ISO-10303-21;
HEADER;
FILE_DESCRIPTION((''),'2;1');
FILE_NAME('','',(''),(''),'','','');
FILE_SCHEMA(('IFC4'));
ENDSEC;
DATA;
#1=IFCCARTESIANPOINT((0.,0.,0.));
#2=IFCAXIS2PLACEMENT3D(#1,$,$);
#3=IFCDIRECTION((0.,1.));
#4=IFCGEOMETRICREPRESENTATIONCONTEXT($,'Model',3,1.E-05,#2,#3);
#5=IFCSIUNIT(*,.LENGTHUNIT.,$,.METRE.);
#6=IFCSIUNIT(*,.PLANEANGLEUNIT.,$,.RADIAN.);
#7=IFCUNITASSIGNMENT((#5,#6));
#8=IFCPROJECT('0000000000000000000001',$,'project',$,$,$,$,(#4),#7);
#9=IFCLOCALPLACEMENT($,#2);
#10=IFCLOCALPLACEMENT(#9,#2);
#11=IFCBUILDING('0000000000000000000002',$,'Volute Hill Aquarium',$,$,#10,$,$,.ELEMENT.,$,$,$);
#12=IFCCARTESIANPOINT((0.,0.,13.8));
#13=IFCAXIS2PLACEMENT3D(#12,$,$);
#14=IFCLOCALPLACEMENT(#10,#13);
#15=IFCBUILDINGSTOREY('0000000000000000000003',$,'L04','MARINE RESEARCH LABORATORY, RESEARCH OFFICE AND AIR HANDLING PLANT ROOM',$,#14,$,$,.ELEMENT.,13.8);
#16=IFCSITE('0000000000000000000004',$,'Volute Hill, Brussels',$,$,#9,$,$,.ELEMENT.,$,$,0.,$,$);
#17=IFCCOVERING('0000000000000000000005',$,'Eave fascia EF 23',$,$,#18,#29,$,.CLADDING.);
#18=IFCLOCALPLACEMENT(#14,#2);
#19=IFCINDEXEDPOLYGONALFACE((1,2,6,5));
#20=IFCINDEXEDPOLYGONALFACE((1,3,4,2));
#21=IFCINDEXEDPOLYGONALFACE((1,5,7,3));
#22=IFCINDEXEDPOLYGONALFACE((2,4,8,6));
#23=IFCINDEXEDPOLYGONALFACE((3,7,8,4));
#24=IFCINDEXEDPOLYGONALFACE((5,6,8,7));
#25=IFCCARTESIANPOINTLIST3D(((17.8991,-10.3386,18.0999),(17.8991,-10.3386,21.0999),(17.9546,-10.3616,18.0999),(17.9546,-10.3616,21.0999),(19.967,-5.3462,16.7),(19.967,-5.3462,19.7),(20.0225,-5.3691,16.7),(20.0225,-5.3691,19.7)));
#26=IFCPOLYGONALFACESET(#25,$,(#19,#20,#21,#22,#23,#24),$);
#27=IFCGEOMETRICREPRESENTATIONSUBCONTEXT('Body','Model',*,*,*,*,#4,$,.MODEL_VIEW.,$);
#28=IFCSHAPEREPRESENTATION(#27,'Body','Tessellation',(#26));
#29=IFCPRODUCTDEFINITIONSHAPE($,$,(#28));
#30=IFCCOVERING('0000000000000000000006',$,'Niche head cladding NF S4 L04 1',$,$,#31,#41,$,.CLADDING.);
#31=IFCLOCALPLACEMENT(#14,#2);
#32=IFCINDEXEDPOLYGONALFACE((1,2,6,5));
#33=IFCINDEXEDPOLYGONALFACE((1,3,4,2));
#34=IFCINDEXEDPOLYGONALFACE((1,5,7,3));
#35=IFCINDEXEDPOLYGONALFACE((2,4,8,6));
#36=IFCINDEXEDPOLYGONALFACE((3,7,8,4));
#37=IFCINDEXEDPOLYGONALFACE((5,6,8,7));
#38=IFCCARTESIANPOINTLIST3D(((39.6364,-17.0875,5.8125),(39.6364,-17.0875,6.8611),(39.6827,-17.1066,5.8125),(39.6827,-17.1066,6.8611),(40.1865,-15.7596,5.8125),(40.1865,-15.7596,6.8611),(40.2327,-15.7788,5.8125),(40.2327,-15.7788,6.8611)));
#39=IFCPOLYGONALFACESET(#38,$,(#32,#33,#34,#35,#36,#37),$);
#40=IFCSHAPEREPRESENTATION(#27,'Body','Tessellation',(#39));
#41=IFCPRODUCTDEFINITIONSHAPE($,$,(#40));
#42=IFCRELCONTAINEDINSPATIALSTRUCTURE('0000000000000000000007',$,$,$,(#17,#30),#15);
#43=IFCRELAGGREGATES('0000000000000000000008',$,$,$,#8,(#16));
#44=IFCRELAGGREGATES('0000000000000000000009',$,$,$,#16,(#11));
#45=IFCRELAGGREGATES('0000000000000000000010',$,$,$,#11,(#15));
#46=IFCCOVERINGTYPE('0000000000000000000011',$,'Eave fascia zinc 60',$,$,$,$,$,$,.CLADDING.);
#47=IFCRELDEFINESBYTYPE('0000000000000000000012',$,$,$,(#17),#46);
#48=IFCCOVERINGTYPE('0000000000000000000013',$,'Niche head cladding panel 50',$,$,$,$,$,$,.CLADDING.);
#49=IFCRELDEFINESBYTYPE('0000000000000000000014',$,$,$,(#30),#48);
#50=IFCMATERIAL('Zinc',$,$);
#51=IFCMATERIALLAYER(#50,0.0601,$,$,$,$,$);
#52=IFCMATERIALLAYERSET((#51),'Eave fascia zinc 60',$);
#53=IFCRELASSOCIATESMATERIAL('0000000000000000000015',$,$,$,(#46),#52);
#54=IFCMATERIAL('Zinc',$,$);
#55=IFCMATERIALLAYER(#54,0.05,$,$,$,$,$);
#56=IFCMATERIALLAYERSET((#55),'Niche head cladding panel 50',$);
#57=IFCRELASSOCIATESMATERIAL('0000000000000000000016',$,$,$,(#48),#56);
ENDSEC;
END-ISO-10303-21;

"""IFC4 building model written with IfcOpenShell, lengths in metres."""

from ifc_helpers import new_model, si_unit, direction, frame, origin, origin_2d, place, context, subcontext, project, spatial, polyline, rectangle, outline, extrude, material, layer, layer_set, type_object, element, save


model = new_model("IFC4")

# Units and contexts
model_context = context("Model", 3, precision=1e-05, world=origin(), true_north=direction((0.0, 1.0)))
body_context = subcontext(model_context, "Body", "Model", "MODEL_VIEW")
ifc_project = project(units=[si_unit("LENGTHUNIT", "METRE"), si_unit("PLANEANGLEUNIT", "RADIAN")], contexts=[model_context])

# Site, building, storey
site_placement = place(None, origin())
site = spatial("IfcSite", under=ifc_project, at=site_placement, Name="Volute Hill, Brussels", CompositionType="ELEMENT", RefElevation=0.0)
building_placement = place(site_placement, origin())
building = spatial("IfcBuilding", under=site, at=building_placement, Name="Volute Hill Aquarium", CompositionType="ELEMENT")
storey_placement = place(building_placement, frame((0.0, 0.0, 13.8)))
storey = spatial("IfcBuildingStorey", under=building, at=storey_placement, Name="L04", Description="MARINE RESEARCH LABORATORY, RESEARCH OFFICE AND AIR HANDLING PLANT ROOM", CompositionType="ELEMENT", Elevation=13.8)

# Coverings
ifc_material_1 = material(Name="Zinc")
ifc_layer_1 = layer(ifc_material_1, 0.0601)
ifc_layer_set_1 = layer_set([ifc_layer_1], Name="Eave fascia zinc 60")
covering_type_1 = type_object("IfcCoveringType", Name="Eave fascia zinc 60", PredefinedType="CLADDING", material=ifc_layer_set_1)
covering_1_placement = place(storey_placement, frame((17.9546, -10.3616, 18.0999), z_axis=(0.923884, -0.382674, 0.0), x_axis=(0.370445, 0.894359, -0.250783)))
element("IfcCovering", 1, at=covering_1_placement, inside=storey, type_object=covering_type_1, Name="Eave fascia EF 23", PredefinedType="CLADDING", context=body_context, shape_type="SweptSolid", body=[
    extrude(outline(polyline([(0.0, 0.0), (5.5821, 0.0), (4.8298, 2.9041), (-0.7523, 2.9041), (0.0, 0.0)])), origin(), (0.0, 0.0, -1.0), 0.0601),
])
ifc_material_2 = material(Name="Zinc")
ifc_layer_2 = layer(ifc_material_2, 0.05)
ifc_layer_set_2 = layer_set([ifc_layer_2], Name="Niche head cladding panel 50")
covering_type_2 = type_object("IfcCoveringType", Name="Niche head cladding panel 50", PredefinedType="CLADDING", material=ifc_layer_set_2)
covering_2_placement = place(storey_placement, frame((39.9346, -16.4331, 5.8125), z_axis=(0.0, 0.0, 1.0), x_axis=(0.382696, 0.923874, 0.0)))
element("IfcCovering", 2, at=covering_2_placement, inside=storey, type_object=covering_type_2, Name="Niche head cladding NF S4 L04 1", PredefinedType="CLADDING", context=body_context, shape_type="SweptSolid", body=[
    extrude(rectangle(XDim=1.4373, YDim=0.05, at=origin_2d()), origin(), (0.0, 0.0, 1.0), 1.0486),
])

save(model, "model.ifc")
